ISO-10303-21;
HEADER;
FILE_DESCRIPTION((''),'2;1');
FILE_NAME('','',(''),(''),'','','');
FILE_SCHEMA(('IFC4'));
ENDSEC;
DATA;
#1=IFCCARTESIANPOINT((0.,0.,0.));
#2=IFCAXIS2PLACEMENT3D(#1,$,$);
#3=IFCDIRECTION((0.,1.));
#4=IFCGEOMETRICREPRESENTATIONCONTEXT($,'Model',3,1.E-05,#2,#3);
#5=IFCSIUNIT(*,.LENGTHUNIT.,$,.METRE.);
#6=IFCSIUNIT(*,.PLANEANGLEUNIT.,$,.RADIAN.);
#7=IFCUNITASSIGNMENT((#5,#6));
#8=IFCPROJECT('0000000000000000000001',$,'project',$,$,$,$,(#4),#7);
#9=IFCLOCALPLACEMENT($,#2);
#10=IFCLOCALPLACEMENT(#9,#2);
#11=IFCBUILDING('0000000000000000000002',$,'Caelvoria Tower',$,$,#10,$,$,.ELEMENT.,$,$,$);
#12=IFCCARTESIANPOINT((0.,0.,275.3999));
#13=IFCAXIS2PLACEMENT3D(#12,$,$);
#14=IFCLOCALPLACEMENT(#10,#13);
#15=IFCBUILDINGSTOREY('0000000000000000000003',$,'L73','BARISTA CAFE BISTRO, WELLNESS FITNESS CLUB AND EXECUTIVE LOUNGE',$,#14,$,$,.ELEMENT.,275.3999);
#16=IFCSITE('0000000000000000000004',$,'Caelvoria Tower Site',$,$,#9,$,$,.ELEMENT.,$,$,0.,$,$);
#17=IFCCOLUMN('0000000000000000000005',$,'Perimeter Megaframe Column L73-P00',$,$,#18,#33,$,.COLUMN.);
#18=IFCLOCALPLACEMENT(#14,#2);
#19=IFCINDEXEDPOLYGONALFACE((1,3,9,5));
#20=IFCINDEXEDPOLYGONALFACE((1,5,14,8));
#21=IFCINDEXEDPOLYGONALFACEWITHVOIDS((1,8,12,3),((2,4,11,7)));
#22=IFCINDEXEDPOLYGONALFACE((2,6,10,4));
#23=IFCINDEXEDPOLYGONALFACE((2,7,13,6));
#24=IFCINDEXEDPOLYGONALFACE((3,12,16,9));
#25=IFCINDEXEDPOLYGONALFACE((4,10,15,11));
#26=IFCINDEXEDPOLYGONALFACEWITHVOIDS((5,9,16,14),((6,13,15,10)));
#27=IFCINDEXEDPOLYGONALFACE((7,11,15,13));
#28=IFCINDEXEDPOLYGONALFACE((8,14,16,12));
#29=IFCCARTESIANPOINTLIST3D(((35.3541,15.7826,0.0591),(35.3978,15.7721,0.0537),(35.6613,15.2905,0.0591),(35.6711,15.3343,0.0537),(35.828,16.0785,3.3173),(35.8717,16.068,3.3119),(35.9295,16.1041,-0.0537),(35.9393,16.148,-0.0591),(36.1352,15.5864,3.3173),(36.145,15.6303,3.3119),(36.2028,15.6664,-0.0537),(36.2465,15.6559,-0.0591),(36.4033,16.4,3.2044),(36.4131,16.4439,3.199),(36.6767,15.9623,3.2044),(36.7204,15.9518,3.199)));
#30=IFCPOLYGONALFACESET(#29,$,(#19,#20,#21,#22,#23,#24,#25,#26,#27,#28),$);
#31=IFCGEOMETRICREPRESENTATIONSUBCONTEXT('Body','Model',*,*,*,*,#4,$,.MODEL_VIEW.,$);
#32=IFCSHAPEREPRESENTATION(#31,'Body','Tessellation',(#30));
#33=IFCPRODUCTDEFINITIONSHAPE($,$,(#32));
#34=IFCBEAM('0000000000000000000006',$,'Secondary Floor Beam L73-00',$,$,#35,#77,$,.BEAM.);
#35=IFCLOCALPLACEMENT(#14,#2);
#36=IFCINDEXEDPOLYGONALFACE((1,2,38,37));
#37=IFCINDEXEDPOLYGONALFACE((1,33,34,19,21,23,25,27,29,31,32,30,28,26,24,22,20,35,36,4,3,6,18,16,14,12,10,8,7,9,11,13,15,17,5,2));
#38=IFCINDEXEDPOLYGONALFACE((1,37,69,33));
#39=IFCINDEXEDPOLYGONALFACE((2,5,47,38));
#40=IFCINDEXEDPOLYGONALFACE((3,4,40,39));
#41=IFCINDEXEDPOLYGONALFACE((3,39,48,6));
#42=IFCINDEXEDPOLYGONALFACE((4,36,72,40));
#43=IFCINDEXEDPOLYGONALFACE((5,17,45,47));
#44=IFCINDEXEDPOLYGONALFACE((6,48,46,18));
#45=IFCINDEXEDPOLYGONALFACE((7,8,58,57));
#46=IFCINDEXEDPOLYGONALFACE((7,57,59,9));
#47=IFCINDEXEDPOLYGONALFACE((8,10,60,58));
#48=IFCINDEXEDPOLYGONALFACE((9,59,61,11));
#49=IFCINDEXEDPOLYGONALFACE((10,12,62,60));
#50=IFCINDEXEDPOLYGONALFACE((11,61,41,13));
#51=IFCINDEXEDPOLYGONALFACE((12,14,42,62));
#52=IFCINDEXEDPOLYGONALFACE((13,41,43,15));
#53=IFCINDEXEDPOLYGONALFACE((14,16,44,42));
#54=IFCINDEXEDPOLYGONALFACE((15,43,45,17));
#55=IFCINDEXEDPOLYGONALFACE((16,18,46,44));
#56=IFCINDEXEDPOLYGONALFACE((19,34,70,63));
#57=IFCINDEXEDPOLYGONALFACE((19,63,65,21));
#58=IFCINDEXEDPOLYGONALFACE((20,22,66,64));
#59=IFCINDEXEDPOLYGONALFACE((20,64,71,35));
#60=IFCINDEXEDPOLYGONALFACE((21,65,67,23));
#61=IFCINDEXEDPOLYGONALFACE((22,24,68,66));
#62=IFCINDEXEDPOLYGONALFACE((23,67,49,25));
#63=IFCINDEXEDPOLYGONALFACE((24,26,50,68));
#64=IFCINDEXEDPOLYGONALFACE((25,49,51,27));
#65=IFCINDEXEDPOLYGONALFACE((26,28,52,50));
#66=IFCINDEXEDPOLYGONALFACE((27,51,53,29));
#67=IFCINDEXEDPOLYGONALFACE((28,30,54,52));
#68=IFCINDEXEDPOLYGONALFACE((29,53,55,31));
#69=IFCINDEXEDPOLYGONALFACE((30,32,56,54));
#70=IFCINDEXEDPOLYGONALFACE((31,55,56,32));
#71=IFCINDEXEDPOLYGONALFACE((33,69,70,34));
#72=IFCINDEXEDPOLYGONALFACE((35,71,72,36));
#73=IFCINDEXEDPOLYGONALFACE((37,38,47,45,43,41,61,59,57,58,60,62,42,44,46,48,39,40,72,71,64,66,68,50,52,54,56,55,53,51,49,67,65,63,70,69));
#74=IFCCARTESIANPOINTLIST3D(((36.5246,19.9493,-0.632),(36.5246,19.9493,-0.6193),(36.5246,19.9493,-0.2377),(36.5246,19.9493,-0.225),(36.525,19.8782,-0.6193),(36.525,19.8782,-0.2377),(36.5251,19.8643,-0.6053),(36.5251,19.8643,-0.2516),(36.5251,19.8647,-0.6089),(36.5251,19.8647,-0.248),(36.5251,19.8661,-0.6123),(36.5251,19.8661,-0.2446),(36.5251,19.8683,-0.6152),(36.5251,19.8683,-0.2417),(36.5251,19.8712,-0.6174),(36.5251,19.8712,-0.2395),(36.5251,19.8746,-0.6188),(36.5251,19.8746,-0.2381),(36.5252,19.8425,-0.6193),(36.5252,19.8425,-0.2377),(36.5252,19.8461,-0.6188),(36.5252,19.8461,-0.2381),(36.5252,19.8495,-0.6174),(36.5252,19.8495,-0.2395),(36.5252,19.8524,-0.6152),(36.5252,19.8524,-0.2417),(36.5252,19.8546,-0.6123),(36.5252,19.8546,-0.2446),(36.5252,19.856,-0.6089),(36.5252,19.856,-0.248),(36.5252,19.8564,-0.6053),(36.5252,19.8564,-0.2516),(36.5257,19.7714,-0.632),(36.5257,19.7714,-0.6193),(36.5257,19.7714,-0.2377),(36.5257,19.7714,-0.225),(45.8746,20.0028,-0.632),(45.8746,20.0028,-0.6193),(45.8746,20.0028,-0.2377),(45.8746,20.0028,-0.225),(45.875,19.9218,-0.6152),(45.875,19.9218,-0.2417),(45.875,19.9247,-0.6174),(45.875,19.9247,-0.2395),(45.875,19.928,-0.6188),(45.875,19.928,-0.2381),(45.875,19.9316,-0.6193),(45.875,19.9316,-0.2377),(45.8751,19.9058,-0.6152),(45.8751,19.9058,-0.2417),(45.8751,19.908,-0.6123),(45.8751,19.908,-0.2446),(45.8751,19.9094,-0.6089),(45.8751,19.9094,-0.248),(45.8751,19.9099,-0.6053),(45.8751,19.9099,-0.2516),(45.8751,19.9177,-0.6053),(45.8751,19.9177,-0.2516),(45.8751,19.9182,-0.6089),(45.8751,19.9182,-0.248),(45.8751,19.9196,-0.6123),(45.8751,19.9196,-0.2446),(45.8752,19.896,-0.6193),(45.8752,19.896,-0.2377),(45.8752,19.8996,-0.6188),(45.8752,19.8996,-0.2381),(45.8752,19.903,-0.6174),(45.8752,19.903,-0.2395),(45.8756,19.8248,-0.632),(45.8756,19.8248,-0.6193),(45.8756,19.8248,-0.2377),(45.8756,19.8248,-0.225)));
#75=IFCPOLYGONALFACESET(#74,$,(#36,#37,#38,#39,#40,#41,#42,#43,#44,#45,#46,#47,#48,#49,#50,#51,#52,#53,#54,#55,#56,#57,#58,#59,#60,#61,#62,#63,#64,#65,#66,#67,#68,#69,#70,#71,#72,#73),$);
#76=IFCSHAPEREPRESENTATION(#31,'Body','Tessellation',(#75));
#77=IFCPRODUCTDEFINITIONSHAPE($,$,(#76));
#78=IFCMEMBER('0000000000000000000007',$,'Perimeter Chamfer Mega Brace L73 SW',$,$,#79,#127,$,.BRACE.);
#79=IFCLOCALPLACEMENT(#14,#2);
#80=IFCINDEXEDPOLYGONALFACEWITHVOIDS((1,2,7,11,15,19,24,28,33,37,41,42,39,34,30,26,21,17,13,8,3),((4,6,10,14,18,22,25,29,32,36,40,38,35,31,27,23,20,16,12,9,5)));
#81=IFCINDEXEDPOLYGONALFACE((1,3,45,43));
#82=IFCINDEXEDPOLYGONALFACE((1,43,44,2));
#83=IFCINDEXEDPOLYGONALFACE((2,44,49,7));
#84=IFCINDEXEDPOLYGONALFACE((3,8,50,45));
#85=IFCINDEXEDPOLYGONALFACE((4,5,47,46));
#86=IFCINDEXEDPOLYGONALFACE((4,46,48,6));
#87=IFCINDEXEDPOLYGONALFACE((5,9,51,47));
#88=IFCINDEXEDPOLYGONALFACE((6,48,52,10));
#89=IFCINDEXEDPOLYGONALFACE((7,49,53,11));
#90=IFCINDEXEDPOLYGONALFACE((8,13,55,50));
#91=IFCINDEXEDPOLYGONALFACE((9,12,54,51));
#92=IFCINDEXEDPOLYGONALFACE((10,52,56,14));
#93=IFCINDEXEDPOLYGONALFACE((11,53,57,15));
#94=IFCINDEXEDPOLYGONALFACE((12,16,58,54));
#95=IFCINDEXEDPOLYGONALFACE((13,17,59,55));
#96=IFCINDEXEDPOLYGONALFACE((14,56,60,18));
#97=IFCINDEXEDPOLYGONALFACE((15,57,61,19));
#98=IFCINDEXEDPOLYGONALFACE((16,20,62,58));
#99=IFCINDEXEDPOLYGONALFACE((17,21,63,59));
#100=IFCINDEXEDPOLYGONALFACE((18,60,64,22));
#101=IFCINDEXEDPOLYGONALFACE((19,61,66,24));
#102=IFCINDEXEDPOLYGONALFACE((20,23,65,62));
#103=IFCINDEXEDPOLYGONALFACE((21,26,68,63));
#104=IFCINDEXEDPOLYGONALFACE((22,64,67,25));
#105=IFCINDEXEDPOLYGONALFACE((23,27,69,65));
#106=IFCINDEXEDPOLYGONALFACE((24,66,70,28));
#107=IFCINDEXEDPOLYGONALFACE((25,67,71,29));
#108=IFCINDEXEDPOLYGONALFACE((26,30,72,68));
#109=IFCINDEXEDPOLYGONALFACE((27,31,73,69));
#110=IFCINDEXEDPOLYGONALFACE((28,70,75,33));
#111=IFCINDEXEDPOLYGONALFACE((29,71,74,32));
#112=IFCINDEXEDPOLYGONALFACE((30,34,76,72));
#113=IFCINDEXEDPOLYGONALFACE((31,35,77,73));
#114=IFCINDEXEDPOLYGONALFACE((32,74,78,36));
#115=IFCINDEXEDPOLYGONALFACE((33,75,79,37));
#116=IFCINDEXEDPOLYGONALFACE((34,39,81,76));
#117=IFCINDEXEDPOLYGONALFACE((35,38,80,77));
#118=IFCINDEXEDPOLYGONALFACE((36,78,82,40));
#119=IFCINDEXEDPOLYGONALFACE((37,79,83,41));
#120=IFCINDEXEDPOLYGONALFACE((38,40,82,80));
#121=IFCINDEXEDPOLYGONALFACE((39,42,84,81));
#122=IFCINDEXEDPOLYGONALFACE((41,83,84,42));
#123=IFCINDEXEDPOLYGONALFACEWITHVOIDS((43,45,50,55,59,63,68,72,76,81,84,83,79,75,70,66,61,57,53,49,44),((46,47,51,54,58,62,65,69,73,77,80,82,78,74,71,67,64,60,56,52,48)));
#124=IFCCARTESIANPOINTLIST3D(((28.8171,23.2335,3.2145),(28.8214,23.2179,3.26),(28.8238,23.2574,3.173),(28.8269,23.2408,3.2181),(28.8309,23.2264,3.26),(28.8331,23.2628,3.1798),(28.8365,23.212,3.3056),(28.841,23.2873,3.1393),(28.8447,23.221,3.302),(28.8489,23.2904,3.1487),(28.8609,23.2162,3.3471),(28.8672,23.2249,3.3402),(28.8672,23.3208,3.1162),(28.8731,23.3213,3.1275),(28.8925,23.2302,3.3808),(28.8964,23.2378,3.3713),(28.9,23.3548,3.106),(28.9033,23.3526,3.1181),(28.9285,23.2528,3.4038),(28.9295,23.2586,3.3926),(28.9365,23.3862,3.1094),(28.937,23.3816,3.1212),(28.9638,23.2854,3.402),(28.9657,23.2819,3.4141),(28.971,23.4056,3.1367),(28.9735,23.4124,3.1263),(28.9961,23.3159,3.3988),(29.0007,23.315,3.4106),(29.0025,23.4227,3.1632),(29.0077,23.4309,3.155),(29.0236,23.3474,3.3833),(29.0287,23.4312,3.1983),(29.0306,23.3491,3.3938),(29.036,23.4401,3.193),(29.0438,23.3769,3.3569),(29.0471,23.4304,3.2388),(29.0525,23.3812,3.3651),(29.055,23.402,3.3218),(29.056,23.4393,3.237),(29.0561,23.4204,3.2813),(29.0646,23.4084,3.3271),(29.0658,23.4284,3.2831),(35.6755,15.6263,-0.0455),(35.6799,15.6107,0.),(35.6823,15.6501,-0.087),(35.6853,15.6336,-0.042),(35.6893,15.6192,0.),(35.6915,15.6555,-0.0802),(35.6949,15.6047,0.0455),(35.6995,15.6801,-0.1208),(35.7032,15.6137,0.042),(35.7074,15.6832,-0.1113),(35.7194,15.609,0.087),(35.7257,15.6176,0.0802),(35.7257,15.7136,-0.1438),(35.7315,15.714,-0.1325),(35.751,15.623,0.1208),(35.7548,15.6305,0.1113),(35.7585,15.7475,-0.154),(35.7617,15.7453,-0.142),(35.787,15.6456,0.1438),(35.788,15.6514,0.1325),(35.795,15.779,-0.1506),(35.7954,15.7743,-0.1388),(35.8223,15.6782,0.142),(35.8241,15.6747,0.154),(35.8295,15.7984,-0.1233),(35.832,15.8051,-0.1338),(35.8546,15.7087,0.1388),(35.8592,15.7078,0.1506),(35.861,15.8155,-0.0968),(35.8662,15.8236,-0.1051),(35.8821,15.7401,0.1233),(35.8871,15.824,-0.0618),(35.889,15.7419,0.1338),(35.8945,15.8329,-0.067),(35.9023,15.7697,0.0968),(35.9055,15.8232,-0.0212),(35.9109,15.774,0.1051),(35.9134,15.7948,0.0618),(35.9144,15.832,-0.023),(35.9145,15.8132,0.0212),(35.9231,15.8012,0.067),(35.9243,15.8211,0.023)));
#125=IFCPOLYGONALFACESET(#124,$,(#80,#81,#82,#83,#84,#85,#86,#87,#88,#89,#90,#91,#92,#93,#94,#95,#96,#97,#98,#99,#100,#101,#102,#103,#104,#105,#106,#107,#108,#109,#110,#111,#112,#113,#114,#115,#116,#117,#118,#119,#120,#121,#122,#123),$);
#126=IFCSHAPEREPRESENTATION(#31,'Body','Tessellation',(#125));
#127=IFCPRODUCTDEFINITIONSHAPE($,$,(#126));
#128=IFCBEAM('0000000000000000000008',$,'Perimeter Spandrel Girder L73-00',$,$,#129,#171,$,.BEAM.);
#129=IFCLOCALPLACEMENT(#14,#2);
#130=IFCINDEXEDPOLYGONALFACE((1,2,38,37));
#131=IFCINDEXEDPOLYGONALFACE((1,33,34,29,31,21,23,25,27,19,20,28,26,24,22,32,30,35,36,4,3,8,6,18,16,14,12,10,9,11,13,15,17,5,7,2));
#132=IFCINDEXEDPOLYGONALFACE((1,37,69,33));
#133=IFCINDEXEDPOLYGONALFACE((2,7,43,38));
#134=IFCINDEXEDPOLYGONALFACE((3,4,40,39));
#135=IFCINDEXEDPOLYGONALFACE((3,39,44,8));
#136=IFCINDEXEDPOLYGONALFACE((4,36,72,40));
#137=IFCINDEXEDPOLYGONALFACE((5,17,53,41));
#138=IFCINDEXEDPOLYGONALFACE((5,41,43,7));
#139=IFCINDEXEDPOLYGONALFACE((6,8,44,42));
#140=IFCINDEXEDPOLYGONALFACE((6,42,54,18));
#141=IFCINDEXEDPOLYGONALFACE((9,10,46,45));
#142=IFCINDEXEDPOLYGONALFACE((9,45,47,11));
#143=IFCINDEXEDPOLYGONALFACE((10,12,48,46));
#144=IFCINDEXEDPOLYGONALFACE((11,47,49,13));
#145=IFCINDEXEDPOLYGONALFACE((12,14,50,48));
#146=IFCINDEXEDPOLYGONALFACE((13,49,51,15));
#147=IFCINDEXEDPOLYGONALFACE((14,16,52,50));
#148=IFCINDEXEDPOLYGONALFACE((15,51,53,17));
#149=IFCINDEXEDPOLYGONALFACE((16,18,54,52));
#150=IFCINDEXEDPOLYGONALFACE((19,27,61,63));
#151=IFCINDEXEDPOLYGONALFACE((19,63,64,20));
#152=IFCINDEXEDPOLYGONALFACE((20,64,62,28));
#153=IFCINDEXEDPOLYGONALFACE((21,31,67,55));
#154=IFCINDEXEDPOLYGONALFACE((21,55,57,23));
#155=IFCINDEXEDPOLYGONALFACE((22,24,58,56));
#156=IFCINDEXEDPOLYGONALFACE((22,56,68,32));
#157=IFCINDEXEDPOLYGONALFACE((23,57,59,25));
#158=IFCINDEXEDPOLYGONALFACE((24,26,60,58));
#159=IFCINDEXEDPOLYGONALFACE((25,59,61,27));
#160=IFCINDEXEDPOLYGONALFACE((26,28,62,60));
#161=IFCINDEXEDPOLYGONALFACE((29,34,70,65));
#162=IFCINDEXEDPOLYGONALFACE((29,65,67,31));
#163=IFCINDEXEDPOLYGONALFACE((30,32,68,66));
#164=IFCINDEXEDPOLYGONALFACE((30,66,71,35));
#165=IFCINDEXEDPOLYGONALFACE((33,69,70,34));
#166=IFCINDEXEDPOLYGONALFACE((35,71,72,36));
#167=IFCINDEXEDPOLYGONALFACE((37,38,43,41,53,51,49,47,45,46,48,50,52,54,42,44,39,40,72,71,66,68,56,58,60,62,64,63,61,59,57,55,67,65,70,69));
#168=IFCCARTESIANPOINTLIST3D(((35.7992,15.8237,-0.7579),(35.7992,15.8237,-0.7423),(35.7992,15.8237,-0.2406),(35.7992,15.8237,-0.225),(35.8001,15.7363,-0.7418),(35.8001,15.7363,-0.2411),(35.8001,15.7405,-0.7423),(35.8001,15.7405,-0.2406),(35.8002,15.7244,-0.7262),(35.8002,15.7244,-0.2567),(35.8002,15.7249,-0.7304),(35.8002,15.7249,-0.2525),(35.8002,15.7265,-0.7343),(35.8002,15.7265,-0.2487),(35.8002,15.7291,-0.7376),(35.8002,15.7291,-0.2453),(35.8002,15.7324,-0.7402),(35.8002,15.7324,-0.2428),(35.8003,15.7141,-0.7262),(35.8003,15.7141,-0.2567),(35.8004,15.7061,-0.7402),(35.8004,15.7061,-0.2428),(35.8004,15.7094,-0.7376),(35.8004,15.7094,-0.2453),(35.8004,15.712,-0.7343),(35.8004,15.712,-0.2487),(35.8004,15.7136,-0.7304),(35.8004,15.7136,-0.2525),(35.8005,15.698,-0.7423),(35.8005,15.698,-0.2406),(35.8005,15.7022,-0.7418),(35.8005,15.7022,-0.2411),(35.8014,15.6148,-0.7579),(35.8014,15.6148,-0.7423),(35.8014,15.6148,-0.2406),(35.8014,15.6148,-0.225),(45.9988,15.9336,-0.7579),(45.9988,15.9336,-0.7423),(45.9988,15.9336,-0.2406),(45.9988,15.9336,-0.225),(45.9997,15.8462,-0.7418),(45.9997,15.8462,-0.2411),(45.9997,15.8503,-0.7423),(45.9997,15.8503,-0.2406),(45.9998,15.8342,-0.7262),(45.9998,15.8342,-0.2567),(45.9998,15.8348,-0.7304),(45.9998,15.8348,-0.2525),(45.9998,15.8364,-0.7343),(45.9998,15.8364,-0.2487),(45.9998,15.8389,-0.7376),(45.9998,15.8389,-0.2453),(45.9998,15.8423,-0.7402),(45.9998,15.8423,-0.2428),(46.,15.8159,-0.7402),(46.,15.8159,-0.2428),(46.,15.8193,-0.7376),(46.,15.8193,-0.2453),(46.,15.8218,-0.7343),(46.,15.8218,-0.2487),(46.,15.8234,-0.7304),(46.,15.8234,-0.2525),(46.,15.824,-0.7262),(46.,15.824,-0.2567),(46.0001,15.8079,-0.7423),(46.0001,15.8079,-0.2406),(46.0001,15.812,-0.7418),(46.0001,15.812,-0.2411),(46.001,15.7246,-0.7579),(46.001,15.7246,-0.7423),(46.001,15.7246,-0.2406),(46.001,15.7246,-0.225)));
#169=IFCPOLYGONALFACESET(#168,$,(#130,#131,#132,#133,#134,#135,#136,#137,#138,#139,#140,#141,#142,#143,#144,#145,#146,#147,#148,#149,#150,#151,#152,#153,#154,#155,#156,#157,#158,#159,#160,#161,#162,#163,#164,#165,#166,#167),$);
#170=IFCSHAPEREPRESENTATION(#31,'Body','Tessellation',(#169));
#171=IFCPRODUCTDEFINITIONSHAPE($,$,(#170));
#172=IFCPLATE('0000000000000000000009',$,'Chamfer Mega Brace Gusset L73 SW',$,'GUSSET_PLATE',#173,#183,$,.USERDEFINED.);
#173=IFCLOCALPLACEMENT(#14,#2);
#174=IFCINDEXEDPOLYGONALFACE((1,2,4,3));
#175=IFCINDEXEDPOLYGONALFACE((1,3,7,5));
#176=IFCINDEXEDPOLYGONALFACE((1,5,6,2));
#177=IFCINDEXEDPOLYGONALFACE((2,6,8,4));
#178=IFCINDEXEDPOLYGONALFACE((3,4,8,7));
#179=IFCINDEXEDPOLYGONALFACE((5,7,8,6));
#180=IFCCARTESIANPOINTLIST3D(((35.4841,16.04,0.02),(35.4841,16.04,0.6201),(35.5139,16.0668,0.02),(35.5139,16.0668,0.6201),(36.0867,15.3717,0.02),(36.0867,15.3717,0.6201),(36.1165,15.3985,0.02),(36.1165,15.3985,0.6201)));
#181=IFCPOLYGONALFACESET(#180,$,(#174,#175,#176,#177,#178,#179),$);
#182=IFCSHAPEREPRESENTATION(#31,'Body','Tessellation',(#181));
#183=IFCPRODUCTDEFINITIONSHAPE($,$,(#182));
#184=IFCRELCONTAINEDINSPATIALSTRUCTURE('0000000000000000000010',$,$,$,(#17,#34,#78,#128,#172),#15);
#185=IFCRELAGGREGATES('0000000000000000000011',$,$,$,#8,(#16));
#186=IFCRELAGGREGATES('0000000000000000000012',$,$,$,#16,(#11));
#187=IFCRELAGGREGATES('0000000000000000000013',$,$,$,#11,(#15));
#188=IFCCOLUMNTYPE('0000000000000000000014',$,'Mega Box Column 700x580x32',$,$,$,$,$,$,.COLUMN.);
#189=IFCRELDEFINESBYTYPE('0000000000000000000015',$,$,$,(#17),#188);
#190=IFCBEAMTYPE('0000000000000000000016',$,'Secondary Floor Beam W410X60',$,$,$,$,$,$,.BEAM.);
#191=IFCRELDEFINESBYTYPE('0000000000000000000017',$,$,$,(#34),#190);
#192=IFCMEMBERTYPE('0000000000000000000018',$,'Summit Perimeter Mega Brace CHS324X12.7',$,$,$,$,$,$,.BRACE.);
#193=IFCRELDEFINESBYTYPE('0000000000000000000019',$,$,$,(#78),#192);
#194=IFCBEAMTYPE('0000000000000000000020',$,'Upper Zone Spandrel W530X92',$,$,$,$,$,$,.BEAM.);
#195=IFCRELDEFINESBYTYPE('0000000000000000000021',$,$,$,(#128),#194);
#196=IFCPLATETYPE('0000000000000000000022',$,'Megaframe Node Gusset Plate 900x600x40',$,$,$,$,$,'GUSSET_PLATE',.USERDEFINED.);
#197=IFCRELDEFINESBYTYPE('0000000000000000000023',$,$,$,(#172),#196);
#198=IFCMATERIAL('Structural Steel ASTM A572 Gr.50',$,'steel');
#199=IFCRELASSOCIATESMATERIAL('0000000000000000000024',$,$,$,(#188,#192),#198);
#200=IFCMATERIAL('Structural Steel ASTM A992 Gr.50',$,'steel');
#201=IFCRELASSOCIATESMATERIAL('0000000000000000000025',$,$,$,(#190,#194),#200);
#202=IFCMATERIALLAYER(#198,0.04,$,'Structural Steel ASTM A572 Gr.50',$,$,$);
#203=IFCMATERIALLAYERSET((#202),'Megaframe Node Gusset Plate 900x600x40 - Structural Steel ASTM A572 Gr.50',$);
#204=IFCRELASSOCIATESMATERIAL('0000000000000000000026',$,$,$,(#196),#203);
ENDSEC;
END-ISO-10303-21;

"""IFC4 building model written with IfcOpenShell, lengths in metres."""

from ifc_helpers import new_model, si_unit, direction, frame, origin, origin_2d, place, context, subcontext, project, spatial, rectangle, hollow_rectangle, hollow_circle, i_section, extrude, material, layer, layer_set, material_profile, profile_set, type_object, element, save


model = new_model("IFC4")

# Units and contexts
model_context = context("Model", 3, precision=1e-05, world=origin(), true_north=direction((0.0, 1.0)))
body_context = subcontext(model_context, "Body", "Model", "MODEL_VIEW")
ifc_project = project(units=[si_unit("LENGTHUNIT", "METRE"), si_unit("PLANEANGLEUNIT", "RADIAN")], contexts=[model_context])

# Site, building, storey
site_placement = place(None, origin())
site = spatial("IfcSite", under=ifc_project, at=site_placement, Name="Caelvoria Tower Site", CompositionType="ELEMENT", RefElevation=0.0)
building_placement = place(site_placement, origin())
building = spatial("IfcBuilding", under=site, at=building_placement, Name="Caelvoria Tower", CompositionType="ELEMENT")
storey_placement = place(building_placement, frame((0.0, 0.0, 275.3999)))
storey = spatial("IfcBuildingStorey", under=building, at=storey_placement, Name="L73", Description="BARISTA CAFE BISTRO, WELLNESS FITNESS CLUB AND EXECUTIVE LOUNGE", CompositionType="ELEMENT", Elevation=275.3999)

# Column
ifc_material_1 = material(Name="Structural Steel ASTM A572 Gr.50", Category="steel")
ifc_material_profile_1 = material_profile(ifc_material_1, hollow_rectangle(XDim=0.5801, YDim=0.7, WallThickness=0.032, at=origin_2d()), Name="Structural Steel ASTM A572 Gr.50")
ifc_profile_set_1 = profile_set([ifc_material_profile_1], Name="BOX700X580X32 - Structural Steel ASTM A572 Gr.50")
column_type = type_object("IfcColumnType", Name="Mega Box Column 700x580x32", PredefinedType="COLUMN", material=ifc_profile_set_1)
column_placement = place(storey_placement, frame((35.8003, 15.7192, 0.0), z_axis=(0.143355, 0.089514, 0.985615), x_axis=(-0.529645, 0.848219, 0.0)))
element("IfcColumn", 1, at=column_placement, inside=storey, type_object=column_type, Name="Perimeter Megaframe Column L73-P00", PredefinedType="COLUMN", context=body_context, shape_type="SweptSolid", body=[
    extrude(hollow_rectangle(XDim=0.5801, YDim=0.7, WallThickness=0.032, at=origin_2d()), origin(), (0.0, 0.0, 1.0), 3.3057),
])

# Beam
ifc_material_2 = material(Name="Structural Steel ASTM A992 Gr.50", Category="steel")
ifc_material_profile_2 = material_profile(ifc_material_2, i_section(OverallWidth=0.178, OverallDepth=0.407, WebThickness=0.0078, FlangeThickness=0.0127, FilletRadius=0.0139, at=origin_2d()), Name="Structural Steel ASTM A992 Gr.50")
ifc_profile_set_2 = profile_set([ifc_material_profile_2], Name="W410X60 - Structural Steel ASTM A992 Gr.50")
beam_type_1 = type_object("IfcBeamType", Name="Secondary Floor Beam W410X60", PredefinedType="BEAM", material=ifc_profile_set_2)
beam_1_placement = place(storey_placement, frame((36.5251, 19.8604, -0.4285), z_axis=(0.999984, 0.005718, 0.0), x_axis=(-0.005718, 0.999984, 0.0)))
element("IfcBeam", 2, at=beam_1_placement, inside=storey, type_object=beam_type_1, Name="Secondary Floor Beam L73-00", PredefinedType="BEAM", context=body_context, shape_type="SweptSolid", body=[
    extrude(i_section(OverallWidth=0.178, OverallDepth=0.407, WebThickness=0.0078, FlangeThickness=0.0127, FilletRadius=0.0139, at=origin_2d()), origin(), (0.0, 0.0, 1.0), 9.3501),
])

# Member
ifc_material_profile_3 = material_profile(ifc_material_1, hollow_circle(Radius=0.1621, WallThickness=0.0127, at=origin_2d()), Name="Structural Steel ASTM A572 Gr.50")
ifc_profile_set_3 = profile_set([ifc_material_profile_3], Name="CHS324X12.7 - Structural Steel ASTM A572 Gr.50")
member_type = type_object("IfcMemberType", Name="Summit Perimeter Mega Brace CHS324X12.7", PredefinedType="BRACE", material=ifc_profile_set_3)
member_placement = place(storey_placement, frame((35.8003, 15.7192, 0.0), z_axis=(-0.638068, 0.70773, 0.303294), x_axis=(-0.742714, -0.669608, 0.0)))
element("IfcMember", 3, at=member_placement, inside=storey, type_object=member_type, Name="Perimeter Chamfer Mega Brace L73 SW", PredefinedType="BRACE", context=body_context, shape_type="SweptSolid", body=[
    extrude(hollow_circle(Radius=0.1621, WallThickness=0.0127, at=origin_2d()), origin(), (0.0, 0.0, 1.0), 10.7488),
])

# Beam
ifc_material_profile_4 = material_profile(ifc_material_2, i_section(OverallWidth=0.209, OverallDepth=0.533, WebThickness=0.0103, FlangeThickness=0.0156, FilletRadius=0.0161, at=origin_2d()), Name="Structural Steel ASTM A992 Gr.50")
ifc_profile_set_4 = profile_set([ifc_material_profile_4], Name="W530X92 - Structural Steel ASTM A992 Gr.50")
beam_type_2 = type_object("IfcBeamType", Name="Upper Zone Spandrel W530X92", PredefinedType="BEAM", material=ifc_profile_set_4)
beam_2_placement = place(storey_placement, frame((35.8003, 15.7192, -0.4915), z_axis=(0.999942, 0.010771, 0.0), x_axis=(-0.010771, 0.999942, 0.0)))
element("IfcBeam", 4, at=beam_2_placement, inside=storey, type_object=beam_type_2, Name="Perimeter Spandrel Girder L73-00", PredefinedType="BEAM", context=body_context, shape_type="SweptSolid", body=[
    extrude(i_section(OverallWidth=0.209, OverallDepth=0.533, WebThickness=0.0103, FlangeThickness=0.0156, FilletRadius=0.0161, at=origin_2d()), origin(), (0.0, 0.0, 1.0), 10.2002),
])

# Plate
ifc_layer_1 = layer(ifc_material_1, 0.04, Name="Structural Steel ASTM A572 Gr.50")
ifc_layer_set_1 = layer_set([ifc_layer_1], Name="Megaframe Node Gusset Plate 900x600x40 - Structural Steel ASTM A572 Gr.50")
plate_type = type_object("IfcPlateType", Name="Megaframe Node Gusset Plate 900x600x40", ElementType="GUSSET_PLATE", PredefinedType="USERDEFINED", material=ifc_layer_set_1)
plate_placement = place(storey_placement, frame((35.8003, 15.7192, 0.02), z_axis=(0.0, 0.0, 1.0), x_axis=(-0.669629, 0.742696, 0.0)))
element("IfcPlate", 5, at=plate_placement, inside=storey, type_object=plate_type, Name="Chamfer Mega Brace Gusset L73 SW", ObjectType="GUSSET_PLATE", PredefinedType="USERDEFINED", context=body_context, shape_type="SweptSolid", body=[
    extrude(rectangle(XDim=0.8999, YDim=0.04, at=origin_2d()), origin(), (0.0, 0.0, 1.0), 0.6001),
])

save(model, "model.ifc")
